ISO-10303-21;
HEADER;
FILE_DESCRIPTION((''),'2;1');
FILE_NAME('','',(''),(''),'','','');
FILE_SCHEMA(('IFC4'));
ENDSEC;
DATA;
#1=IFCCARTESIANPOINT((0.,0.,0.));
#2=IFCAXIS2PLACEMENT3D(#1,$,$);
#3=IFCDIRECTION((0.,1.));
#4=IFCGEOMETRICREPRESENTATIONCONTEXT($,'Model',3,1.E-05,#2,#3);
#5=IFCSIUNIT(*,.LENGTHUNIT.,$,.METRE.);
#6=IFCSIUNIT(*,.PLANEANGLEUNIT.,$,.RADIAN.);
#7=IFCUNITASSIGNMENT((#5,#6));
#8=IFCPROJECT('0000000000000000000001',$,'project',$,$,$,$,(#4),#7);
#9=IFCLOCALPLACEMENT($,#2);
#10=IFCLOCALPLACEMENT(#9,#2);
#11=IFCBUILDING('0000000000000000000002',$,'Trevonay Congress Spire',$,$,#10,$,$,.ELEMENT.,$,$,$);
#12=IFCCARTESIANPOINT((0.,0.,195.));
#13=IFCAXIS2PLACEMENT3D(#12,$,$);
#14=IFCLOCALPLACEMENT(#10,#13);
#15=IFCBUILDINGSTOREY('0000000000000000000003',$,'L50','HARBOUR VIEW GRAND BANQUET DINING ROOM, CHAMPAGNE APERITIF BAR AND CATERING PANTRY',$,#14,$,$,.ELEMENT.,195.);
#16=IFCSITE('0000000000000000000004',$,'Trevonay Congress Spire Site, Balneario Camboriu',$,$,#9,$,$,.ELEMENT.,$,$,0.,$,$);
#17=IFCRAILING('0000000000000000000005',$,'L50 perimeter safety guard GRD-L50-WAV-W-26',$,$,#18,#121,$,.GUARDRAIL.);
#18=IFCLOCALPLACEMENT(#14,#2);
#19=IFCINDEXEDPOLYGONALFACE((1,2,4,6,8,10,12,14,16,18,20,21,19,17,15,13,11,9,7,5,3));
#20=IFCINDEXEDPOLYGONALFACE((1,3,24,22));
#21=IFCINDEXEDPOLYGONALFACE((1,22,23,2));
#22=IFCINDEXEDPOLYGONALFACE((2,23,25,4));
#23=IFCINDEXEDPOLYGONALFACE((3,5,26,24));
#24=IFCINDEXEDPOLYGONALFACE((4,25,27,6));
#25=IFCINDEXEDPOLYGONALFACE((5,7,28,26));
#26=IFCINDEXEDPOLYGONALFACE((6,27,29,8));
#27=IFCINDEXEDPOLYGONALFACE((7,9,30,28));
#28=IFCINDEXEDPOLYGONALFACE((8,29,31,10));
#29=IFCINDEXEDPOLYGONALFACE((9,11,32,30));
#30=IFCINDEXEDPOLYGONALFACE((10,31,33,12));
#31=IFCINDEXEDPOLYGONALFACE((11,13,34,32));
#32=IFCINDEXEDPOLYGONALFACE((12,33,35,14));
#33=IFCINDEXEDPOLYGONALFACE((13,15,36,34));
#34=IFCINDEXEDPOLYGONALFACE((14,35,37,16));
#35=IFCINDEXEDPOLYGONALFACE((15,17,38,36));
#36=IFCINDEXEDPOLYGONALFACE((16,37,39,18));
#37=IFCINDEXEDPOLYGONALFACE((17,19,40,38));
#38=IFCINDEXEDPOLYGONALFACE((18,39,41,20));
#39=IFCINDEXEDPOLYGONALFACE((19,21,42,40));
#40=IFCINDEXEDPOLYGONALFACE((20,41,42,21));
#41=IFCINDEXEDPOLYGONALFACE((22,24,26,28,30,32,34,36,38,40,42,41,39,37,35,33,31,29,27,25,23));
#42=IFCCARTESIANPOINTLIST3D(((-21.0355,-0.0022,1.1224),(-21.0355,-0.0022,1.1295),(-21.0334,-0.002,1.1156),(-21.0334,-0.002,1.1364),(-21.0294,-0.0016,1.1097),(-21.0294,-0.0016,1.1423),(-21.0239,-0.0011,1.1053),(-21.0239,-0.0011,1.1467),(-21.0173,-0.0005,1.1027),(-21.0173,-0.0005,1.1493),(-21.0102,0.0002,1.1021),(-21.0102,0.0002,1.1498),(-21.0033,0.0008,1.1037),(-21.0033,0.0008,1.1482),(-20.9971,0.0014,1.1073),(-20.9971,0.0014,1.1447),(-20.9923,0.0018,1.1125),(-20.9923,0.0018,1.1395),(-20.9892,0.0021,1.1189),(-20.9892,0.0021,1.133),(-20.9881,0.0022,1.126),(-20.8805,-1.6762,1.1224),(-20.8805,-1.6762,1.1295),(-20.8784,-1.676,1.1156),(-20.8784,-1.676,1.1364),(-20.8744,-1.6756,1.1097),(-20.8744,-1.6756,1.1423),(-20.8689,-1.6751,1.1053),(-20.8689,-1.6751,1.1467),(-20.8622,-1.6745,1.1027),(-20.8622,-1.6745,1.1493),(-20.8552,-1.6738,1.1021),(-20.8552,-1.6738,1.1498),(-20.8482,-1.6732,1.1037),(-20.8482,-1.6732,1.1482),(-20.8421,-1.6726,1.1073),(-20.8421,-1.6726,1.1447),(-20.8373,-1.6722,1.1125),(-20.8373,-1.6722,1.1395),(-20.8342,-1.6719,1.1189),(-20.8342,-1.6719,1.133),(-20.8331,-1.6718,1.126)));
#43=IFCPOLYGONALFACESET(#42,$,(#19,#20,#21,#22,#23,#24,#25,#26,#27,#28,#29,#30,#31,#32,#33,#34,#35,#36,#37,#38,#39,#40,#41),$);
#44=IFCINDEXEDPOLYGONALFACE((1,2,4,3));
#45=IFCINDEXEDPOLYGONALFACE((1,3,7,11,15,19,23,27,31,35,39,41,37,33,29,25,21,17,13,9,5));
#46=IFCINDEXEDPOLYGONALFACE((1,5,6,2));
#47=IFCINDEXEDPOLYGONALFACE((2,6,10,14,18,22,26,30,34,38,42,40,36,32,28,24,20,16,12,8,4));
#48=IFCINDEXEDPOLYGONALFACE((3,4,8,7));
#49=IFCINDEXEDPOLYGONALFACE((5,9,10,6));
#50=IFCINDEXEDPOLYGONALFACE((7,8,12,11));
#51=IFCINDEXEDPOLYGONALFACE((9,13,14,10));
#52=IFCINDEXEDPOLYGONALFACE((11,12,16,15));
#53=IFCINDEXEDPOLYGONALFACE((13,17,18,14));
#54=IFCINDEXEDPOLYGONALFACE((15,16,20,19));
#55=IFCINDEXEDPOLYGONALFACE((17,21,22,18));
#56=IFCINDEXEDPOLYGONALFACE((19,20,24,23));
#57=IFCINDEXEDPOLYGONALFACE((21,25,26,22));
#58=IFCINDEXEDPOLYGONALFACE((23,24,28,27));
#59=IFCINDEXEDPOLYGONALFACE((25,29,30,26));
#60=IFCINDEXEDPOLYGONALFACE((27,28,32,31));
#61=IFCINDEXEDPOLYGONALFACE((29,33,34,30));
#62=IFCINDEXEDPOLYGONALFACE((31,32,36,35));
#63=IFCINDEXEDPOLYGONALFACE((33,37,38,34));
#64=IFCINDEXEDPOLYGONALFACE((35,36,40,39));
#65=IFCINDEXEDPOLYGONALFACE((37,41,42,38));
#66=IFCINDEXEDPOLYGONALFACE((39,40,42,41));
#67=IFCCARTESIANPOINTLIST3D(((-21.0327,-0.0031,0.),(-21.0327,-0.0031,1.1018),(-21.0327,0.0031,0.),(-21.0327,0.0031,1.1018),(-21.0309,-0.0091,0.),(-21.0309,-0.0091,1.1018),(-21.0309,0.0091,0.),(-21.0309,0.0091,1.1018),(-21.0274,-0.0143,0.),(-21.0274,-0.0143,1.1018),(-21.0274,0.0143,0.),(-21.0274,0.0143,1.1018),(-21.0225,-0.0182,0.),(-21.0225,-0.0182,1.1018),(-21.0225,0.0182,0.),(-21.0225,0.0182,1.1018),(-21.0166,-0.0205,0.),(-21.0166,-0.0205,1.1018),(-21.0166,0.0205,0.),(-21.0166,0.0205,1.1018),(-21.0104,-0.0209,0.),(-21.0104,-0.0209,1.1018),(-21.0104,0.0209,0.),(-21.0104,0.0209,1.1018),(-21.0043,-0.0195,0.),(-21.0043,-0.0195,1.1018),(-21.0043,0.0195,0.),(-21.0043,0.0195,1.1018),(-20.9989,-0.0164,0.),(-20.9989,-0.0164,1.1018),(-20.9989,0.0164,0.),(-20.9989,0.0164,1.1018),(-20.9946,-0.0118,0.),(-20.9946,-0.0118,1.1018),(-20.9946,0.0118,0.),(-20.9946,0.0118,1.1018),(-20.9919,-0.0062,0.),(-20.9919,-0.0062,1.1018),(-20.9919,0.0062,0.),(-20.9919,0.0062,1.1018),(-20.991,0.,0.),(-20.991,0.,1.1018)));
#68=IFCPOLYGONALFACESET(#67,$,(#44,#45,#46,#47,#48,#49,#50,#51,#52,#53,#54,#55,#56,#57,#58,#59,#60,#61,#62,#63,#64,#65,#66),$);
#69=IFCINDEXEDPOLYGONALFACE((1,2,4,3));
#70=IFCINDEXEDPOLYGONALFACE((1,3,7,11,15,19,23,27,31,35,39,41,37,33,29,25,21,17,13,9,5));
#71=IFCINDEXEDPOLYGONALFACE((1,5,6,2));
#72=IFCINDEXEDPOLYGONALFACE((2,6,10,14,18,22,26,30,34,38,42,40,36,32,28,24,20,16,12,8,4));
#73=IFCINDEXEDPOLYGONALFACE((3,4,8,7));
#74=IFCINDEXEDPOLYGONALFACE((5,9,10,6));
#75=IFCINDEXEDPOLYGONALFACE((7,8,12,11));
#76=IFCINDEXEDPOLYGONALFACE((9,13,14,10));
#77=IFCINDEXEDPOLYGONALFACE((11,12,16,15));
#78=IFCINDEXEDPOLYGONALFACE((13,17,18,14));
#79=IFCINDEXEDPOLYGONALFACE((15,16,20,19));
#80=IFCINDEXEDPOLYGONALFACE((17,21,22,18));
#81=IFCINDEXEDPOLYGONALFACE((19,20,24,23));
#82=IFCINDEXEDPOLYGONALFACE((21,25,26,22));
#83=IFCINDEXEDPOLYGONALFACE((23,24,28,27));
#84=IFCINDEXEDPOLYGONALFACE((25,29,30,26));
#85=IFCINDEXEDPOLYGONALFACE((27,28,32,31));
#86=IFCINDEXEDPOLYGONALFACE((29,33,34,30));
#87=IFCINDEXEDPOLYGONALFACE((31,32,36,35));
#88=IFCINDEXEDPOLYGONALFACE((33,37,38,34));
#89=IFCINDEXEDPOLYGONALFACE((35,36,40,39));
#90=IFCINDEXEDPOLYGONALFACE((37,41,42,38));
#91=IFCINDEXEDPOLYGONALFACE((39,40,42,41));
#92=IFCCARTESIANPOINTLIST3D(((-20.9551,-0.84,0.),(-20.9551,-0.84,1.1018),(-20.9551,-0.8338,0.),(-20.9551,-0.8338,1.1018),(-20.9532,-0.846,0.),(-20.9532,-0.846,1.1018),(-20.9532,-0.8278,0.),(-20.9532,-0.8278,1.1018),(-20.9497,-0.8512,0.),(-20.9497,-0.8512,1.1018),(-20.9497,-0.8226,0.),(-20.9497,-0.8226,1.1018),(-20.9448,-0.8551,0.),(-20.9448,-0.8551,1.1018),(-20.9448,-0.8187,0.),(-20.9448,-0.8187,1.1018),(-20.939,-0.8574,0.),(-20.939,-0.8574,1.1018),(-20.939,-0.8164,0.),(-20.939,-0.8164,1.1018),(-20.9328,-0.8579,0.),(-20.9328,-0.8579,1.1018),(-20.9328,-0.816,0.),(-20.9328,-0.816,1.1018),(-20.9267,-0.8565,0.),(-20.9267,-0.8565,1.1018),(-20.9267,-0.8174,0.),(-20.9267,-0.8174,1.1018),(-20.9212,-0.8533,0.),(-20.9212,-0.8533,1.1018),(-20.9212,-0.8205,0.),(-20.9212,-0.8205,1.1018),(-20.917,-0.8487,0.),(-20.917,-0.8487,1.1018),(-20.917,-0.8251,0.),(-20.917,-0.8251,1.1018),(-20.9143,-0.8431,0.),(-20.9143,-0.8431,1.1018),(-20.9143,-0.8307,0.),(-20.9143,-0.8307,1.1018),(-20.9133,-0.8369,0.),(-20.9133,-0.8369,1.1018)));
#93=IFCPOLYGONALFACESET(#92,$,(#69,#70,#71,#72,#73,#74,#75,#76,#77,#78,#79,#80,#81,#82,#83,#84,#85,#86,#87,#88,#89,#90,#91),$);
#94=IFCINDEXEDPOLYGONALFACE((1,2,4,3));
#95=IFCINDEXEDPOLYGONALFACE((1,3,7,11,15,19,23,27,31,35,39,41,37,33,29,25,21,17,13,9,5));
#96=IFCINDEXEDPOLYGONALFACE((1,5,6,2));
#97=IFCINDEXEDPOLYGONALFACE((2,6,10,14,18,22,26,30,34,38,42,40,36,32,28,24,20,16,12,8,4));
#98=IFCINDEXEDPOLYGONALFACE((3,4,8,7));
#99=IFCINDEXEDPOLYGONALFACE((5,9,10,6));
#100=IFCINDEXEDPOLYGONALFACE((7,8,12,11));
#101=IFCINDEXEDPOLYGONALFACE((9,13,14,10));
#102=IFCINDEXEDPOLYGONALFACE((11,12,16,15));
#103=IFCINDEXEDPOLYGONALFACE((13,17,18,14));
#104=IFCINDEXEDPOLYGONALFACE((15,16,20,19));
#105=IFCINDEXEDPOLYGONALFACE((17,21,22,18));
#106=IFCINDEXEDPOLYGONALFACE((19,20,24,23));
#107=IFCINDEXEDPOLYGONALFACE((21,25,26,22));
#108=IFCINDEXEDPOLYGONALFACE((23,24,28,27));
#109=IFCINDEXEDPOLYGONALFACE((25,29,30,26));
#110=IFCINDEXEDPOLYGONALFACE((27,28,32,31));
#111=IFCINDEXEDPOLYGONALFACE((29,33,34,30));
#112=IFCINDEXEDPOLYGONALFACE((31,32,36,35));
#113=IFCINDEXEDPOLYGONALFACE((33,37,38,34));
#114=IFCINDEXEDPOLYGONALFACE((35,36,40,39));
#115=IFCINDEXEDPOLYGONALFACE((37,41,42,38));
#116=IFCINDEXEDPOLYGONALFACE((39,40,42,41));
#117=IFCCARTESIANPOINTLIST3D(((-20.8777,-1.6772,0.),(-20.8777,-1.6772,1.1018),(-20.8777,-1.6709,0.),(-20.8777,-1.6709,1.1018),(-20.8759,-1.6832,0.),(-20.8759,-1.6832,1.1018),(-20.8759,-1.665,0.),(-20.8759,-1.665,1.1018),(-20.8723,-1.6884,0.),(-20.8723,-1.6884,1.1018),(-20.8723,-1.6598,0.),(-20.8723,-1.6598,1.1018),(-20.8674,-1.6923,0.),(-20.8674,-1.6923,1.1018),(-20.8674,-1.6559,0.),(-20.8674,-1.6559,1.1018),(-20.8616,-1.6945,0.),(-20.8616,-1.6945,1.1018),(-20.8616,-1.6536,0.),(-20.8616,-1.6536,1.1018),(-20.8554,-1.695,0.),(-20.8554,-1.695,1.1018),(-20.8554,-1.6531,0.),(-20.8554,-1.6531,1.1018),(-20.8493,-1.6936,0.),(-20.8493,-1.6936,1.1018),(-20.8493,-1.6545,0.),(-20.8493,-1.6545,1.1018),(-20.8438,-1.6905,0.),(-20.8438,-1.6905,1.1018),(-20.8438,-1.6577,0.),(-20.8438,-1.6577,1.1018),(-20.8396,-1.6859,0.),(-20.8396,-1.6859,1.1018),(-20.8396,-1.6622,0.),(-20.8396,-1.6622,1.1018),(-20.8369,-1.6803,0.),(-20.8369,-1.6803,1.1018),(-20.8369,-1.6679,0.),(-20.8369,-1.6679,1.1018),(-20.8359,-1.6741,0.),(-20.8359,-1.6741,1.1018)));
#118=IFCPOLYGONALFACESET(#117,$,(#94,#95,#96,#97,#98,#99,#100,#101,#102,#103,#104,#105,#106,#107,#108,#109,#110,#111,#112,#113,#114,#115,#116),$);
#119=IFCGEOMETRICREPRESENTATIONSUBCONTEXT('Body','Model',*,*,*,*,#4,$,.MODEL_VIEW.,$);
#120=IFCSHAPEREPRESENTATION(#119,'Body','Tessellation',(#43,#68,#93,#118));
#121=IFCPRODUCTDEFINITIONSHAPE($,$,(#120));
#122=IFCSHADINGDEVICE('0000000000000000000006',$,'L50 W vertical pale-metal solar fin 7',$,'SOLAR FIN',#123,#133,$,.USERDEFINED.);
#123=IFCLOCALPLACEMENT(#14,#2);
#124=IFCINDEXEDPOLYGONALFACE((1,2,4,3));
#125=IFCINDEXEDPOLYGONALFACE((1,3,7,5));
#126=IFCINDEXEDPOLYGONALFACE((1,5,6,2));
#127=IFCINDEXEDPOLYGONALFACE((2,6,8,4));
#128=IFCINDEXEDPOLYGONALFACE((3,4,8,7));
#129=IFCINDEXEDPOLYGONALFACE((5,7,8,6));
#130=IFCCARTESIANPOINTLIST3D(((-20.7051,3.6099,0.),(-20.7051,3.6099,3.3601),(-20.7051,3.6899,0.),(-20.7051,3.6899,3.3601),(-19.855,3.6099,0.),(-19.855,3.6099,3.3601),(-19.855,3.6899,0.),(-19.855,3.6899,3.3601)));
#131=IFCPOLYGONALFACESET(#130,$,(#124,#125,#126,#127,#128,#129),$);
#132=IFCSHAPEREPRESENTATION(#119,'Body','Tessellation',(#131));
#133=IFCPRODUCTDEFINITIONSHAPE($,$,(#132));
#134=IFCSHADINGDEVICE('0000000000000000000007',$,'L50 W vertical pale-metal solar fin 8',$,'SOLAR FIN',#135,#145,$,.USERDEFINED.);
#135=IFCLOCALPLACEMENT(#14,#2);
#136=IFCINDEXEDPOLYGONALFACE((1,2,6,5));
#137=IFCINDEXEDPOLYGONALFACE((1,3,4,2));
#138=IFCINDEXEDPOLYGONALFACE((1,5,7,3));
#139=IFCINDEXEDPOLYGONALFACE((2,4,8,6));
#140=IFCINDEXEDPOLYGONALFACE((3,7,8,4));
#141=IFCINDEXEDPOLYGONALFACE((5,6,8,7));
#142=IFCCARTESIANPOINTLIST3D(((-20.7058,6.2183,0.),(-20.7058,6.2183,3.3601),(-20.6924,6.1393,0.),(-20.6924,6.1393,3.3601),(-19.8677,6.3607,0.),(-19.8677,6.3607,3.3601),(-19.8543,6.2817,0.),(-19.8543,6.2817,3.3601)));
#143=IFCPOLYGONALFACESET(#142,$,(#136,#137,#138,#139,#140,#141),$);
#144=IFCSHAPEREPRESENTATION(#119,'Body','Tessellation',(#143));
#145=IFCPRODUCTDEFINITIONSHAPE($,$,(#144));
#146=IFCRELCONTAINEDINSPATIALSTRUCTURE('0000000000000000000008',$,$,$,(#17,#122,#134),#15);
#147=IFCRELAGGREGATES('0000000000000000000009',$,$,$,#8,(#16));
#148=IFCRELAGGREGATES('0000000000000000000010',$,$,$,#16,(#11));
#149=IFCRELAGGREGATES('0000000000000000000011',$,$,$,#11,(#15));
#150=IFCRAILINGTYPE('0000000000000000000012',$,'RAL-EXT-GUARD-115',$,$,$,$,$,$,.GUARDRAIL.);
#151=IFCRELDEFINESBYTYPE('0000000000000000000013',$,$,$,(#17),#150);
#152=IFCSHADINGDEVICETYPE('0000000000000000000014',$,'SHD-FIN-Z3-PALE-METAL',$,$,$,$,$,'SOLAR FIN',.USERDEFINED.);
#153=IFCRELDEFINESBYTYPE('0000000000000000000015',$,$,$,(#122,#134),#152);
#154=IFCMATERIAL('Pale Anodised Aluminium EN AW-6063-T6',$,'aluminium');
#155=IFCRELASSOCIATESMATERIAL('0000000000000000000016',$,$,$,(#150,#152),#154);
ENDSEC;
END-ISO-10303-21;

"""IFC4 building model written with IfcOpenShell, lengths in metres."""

from ifc_helpers import new_model, si_unit, direction, frame, origin, origin_2d, place, context, subcontext, project, spatial, rectangle, circle, extrude, material, type_object, element, save


model = new_model("IFC4")

# Units and contexts
model_context = context("Model", 3, precision=1e-05, world=origin(), true_north=direction((0.0, 1.0)))
body_context = subcontext(model_context, "Body", "Model", "MODEL_VIEW")
ifc_project = project(units=[si_unit("LENGTHUNIT", "METRE"), si_unit("PLANEANGLEUNIT", "RADIAN")], contexts=[model_context])

# Site, building, storey
site_placement = place(None, origin())
site = spatial("IfcSite", under=ifc_project, at=site_placement, Name="Trevonay Congress Spire Site, Balneario Camboriu", CompositionType="ELEMENT", RefElevation=0.0)
building_placement = place(site_placement, origin())
building = spatial("IfcBuilding", under=site, at=building_placement, Name="Trevonay Congress Spire", CompositionType="ELEMENT")
storey_placement = place(building_placement, frame((0.0, 0.0, 195.0)))
storey = spatial("IfcBuildingStorey", under=building, at=storey_placement, Name="L50", Description="HARBOUR VIEW GRAND BANQUET DINING ROOM, CHAMPAGNE APERITIF BAR AND CATERING PANTRY", CompositionType="ELEMENT", Elevation=195.0)

# Shared definitions
ifc_material_1 = material(Name="Pale Anodised Aluminium EN AW-6063-T6", Category="aluminium")

# Railing
railing_type = type_object("IfcRailingType", Name="RAL-EXT-GUARD-115", PredefinedType="GUARDRAIL", material=ifc_material_1)
railing_1_placement = place(storey_placement, frame((-21.012, 0.0, 0.0)))
element("IfcRailing", 1, at=railing_1_placement, inside=storey, type_object=railing_type, Name="L50 perimeter safety guard GRD-L50-WAV-W-26", PredefinedType="GUARDRAIL", context=body_context, shape_type="SweptSolid", body=[
    extrude(circle(Radius=0.0239, at=origin_2d()), frame((0.0, 0.0, 1.126), z_axis=(0.092212, -0.995739, 0.0), x_axis=(0.995739, 0.092212, 0.0)), (0.0, 0.0, 1.0), 1.6812),
    extrude(circle(Radius=0.021, at=origin_2d()), origin(), (0.0, 0.0, 1.0), 1.1018),
    extrude(circle(Radius=0.021, at=origin_2d()), frame((0.0776, -0.8369, 0.0)), (0.0, 0.0, 1.0), 1.1018),
    extrude(circle(Radius=0.021, at=origin_2d()), frame((0.155, -1.6741, 0.0)), (0.0, 0.0, 1.0), 1.1018),
])

# Shading devices
shading_device_type = type_object("IfcShadingDeviceType", Name="SHD-FIN-Z3-PALE-METAL", ElementType="SOLAR FIN", PredefinedType="USERDEFINED", material=ifc_material_1)
for number, where, z_axis, x_axis, name in (
    (2, (-20.28, 3.6499, 0.0), (0.0, 0.0, 1.0), (0.0, 1.0, 0.0), "L50 W vertical pale-metal solar fin 7"),
    (3, (-20.28, 6.25, 0.0), (0.0, 0.0, 1.0), (-0.167457, 0.985879, 0.0), "L50 W vertical pale-metal solar fin 8"),
):
    element("IfcShadingDevice", number, at=place(storey_placement, frame(where, z_axis=z_axis, x_axis=x_axis)), inside=storey, type_object=shading_device_type, Name=name, ObjectType="SOLAR FIN", PredefinedType="USERDEFINED", context=body_context, shape_type="SweptSolid", body=[
        extrude(rectangle(XDim=0.0801, YDim=0.8501, at=origin_2d()), origin(), (0.0, 0.0, 1.0), 3.3601),
    ])

save(model, "model.ifc")
